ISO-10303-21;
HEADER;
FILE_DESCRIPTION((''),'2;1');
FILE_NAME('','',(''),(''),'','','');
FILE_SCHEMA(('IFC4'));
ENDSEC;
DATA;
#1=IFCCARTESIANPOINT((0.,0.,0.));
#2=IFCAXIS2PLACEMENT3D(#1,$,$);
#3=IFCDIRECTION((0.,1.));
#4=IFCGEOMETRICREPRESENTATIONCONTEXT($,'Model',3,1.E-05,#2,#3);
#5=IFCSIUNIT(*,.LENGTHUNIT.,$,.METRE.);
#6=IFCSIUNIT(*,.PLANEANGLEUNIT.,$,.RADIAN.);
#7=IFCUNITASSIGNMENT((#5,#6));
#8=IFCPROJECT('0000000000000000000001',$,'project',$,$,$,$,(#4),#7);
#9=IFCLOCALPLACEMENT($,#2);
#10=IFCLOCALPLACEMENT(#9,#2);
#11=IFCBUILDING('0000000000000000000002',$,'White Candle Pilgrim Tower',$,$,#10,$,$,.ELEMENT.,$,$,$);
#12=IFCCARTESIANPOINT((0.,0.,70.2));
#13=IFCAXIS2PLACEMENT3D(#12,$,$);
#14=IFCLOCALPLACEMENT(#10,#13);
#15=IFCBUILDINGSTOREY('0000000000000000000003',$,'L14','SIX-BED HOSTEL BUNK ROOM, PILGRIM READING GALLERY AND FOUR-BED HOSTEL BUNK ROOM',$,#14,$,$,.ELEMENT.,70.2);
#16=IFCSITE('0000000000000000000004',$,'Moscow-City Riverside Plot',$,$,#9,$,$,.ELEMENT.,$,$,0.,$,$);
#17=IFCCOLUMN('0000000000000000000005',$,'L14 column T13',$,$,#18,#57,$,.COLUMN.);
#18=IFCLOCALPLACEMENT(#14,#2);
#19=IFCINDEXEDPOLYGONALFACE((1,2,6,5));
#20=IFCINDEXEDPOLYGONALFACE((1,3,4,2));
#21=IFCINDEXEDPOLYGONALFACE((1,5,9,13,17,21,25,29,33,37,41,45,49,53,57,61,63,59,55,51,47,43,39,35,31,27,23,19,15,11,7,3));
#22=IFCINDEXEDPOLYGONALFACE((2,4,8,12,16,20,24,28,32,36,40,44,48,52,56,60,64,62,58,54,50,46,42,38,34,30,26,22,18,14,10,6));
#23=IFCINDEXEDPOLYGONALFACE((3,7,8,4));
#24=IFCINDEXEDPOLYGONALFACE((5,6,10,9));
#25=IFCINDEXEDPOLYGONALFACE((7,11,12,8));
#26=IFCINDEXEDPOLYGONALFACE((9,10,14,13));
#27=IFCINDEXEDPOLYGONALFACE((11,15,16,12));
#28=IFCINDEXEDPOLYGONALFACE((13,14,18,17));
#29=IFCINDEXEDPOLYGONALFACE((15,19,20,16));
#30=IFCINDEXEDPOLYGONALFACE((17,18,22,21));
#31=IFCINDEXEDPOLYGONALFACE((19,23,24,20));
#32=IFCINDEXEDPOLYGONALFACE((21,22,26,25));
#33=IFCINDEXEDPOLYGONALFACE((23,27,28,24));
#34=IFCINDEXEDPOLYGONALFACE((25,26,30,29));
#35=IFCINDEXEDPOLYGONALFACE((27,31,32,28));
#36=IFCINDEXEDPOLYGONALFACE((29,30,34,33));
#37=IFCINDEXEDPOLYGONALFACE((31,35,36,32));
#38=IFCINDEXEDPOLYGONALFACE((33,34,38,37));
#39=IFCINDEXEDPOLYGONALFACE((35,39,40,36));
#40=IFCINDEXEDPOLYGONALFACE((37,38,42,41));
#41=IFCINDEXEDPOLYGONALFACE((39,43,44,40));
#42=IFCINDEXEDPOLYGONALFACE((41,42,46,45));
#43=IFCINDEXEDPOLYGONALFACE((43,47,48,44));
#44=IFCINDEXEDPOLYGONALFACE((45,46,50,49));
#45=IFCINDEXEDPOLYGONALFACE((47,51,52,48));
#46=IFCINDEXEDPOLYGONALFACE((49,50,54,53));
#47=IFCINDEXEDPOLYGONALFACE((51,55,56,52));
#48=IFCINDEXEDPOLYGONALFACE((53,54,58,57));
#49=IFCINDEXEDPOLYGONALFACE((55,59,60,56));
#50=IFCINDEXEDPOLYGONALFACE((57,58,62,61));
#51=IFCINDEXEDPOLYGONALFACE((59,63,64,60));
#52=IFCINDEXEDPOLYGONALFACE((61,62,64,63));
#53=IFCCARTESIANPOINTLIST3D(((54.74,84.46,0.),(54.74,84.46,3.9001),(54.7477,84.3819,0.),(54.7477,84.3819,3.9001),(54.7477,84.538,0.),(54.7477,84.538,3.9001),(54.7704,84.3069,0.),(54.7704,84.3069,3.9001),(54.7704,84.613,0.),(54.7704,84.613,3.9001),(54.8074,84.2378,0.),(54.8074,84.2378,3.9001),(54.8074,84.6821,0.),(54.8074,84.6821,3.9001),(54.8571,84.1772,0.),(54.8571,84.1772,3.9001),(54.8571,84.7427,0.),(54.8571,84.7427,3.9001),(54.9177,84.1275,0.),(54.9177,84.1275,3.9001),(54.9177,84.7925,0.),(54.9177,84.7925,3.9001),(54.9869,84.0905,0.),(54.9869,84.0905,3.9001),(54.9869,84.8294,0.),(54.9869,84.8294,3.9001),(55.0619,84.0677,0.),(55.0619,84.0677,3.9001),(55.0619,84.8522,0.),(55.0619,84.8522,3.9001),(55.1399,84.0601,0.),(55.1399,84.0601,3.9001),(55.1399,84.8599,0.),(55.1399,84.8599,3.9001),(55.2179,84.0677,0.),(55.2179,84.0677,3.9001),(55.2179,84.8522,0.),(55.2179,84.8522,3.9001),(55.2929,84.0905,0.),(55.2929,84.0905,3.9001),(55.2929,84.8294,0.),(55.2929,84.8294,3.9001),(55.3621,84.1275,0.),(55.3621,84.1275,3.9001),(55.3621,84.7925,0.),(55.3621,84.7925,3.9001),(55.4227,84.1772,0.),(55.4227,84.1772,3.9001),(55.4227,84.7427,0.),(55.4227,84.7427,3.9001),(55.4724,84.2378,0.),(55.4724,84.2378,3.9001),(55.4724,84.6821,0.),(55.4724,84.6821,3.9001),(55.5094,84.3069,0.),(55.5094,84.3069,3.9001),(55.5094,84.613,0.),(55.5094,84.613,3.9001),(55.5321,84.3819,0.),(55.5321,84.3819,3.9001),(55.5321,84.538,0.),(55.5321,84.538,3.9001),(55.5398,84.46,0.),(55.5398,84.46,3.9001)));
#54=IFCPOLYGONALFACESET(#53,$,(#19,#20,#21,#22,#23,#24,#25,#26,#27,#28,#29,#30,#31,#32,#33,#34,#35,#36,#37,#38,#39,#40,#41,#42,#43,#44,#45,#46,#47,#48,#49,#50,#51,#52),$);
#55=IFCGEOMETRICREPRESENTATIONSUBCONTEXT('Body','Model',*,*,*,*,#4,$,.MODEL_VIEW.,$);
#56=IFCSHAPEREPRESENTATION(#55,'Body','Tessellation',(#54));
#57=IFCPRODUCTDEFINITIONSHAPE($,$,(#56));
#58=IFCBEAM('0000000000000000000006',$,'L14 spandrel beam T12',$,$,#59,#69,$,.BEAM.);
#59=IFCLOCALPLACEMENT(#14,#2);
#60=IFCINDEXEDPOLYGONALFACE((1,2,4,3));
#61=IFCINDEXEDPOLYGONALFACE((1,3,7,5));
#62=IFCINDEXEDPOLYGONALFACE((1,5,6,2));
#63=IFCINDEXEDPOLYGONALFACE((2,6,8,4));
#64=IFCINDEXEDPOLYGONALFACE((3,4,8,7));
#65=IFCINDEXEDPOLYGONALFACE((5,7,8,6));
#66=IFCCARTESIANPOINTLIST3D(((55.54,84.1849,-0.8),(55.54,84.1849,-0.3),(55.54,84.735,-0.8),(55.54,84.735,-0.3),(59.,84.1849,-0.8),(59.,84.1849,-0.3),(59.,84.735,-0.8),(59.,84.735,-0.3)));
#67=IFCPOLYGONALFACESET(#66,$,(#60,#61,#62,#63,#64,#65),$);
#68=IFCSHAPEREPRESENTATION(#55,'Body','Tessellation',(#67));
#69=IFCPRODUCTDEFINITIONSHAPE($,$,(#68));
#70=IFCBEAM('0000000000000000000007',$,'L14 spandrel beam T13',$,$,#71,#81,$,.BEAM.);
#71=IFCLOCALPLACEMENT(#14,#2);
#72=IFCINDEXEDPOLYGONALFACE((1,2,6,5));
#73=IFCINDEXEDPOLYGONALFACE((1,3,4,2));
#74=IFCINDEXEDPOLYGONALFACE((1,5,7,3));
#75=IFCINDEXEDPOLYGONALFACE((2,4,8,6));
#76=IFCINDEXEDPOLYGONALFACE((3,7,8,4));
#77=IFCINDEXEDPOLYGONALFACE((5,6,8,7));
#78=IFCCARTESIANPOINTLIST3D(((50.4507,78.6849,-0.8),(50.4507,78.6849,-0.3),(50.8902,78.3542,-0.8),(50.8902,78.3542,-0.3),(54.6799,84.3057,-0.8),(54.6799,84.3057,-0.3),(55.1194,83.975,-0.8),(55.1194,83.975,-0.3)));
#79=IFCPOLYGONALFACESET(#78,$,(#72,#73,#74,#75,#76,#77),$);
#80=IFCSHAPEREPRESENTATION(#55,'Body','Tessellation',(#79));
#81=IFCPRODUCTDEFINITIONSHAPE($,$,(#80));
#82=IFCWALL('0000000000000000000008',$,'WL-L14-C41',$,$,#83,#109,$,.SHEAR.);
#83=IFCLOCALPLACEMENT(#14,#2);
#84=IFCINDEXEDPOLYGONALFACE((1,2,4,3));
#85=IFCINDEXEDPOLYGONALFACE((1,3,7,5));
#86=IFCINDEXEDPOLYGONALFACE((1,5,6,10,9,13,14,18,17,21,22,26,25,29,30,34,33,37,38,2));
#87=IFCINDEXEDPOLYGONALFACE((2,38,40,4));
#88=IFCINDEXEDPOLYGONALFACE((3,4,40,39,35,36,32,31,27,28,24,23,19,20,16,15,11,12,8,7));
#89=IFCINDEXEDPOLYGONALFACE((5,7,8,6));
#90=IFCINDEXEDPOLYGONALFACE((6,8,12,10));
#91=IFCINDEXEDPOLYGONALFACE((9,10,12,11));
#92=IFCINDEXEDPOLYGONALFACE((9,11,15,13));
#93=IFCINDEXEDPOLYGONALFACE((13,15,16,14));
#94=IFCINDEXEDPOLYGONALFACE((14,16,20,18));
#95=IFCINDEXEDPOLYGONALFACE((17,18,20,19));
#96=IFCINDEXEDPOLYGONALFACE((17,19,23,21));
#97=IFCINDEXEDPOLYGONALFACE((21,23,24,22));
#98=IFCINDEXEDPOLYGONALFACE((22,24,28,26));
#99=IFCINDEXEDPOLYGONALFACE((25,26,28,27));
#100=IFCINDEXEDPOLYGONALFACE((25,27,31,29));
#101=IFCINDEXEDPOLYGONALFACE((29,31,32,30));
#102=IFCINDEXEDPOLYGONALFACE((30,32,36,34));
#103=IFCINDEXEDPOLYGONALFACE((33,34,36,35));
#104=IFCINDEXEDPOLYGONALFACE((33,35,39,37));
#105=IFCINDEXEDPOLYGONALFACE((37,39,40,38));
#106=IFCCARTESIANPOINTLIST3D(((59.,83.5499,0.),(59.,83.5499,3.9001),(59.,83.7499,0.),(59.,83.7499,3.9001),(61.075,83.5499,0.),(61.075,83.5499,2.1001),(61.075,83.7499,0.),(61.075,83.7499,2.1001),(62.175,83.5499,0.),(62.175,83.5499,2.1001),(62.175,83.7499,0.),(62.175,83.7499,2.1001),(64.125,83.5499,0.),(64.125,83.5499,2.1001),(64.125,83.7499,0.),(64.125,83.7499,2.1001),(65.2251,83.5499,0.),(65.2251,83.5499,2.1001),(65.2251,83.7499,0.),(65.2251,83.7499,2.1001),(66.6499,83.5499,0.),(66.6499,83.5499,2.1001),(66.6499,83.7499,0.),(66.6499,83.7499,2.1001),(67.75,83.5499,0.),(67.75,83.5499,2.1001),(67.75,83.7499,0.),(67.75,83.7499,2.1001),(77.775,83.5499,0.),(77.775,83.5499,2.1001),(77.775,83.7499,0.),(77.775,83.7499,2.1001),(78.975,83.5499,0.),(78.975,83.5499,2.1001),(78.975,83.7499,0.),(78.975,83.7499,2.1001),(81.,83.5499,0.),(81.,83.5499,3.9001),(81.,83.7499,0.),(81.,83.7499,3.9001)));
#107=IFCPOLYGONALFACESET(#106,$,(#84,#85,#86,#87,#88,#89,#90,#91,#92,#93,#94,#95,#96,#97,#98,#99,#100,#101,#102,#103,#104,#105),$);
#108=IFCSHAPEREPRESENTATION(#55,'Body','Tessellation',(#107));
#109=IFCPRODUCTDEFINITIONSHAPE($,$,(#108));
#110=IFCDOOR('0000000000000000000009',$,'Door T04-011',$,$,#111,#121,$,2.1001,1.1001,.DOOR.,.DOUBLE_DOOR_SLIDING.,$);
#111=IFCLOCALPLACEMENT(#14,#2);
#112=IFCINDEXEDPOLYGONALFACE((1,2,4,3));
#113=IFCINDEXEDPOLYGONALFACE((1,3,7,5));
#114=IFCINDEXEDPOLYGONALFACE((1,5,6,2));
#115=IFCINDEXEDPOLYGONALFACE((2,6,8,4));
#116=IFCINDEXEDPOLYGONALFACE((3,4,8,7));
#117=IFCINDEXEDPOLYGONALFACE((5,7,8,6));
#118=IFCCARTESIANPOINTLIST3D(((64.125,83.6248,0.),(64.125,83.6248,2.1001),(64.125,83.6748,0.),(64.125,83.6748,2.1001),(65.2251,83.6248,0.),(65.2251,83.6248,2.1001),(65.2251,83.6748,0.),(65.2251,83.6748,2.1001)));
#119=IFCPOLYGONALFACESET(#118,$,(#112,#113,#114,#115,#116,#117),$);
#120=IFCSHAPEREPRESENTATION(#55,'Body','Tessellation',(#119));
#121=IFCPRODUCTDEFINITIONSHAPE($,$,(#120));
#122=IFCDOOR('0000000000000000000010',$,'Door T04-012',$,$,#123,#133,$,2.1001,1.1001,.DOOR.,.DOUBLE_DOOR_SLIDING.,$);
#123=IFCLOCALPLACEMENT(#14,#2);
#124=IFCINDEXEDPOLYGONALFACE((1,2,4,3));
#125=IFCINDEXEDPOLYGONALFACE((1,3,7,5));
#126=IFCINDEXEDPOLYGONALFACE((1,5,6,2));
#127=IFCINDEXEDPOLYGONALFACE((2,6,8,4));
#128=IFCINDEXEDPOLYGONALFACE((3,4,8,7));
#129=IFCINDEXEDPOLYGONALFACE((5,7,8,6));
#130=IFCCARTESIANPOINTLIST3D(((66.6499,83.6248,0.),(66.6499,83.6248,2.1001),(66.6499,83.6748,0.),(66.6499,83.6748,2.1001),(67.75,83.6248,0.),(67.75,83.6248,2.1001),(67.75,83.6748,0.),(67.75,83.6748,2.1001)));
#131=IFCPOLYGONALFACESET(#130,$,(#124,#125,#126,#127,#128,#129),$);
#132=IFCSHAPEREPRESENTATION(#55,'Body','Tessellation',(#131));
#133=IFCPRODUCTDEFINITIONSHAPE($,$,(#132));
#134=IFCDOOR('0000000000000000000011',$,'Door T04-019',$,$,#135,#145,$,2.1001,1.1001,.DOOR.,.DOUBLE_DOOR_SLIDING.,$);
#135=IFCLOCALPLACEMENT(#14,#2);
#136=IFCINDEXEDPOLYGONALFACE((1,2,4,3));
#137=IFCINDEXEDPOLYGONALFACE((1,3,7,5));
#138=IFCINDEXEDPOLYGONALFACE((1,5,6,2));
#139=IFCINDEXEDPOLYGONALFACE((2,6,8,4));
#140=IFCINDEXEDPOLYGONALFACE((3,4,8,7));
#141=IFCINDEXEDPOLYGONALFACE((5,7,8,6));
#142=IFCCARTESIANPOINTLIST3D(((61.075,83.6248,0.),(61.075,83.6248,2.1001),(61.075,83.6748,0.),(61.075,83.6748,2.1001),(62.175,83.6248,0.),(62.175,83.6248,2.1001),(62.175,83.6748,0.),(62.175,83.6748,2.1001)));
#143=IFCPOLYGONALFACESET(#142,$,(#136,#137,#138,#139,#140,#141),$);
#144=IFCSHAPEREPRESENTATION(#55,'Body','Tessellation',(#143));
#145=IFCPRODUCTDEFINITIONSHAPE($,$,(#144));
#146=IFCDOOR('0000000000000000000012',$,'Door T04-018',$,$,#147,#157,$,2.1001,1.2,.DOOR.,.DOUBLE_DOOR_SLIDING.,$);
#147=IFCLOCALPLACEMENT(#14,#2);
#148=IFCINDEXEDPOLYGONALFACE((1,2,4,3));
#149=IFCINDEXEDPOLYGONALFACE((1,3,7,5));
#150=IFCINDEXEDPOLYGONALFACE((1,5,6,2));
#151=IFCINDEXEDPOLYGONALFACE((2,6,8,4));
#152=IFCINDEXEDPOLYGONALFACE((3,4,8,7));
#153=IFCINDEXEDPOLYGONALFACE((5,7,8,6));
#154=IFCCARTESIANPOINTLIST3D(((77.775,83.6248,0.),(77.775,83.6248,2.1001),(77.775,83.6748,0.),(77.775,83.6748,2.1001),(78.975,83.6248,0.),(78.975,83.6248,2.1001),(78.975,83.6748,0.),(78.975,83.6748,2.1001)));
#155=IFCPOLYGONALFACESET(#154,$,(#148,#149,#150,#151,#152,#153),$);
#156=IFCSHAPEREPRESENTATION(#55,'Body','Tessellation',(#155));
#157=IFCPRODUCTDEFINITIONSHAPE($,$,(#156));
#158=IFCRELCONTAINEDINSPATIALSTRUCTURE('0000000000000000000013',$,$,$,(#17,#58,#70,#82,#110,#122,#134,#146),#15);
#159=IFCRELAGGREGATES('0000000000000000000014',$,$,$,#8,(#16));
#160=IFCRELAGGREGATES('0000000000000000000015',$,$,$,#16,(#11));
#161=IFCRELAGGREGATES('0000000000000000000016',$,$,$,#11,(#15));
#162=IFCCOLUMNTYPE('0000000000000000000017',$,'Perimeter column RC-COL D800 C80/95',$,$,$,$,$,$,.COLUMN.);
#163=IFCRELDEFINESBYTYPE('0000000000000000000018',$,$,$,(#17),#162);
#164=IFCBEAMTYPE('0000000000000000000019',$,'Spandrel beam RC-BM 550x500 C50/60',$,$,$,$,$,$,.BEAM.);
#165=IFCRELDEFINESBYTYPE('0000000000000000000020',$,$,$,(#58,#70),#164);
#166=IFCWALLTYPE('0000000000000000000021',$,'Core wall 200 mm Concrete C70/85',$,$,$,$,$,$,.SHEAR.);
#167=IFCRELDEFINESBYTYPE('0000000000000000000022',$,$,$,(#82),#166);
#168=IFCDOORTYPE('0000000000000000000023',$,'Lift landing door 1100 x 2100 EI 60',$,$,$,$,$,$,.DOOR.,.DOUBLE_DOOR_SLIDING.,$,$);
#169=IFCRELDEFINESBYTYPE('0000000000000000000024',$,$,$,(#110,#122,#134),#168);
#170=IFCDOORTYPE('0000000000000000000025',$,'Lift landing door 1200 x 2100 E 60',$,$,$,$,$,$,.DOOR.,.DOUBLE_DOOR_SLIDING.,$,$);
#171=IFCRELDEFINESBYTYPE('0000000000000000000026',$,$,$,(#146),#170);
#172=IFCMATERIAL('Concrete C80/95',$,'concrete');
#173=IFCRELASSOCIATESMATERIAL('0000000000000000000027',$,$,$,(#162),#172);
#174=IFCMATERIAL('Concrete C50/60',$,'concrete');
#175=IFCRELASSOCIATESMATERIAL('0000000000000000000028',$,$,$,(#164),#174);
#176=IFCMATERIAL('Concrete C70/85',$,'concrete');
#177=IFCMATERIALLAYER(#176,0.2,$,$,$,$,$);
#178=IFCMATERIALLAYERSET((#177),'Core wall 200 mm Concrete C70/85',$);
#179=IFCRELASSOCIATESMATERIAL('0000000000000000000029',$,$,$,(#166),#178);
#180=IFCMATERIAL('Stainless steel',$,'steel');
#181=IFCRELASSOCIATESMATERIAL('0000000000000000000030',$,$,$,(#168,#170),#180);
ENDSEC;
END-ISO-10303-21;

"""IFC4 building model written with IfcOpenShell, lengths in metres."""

from ifc_helpers import new_model, si_unit, direction, frame, frame_2d, origin, origin_2d, place, context, subcontext, project, spatial, rectangle, circle, extrude, material, layer, layer_set, material_profile, profile_set, type_object, element, fill, save


model = new_model("IFC4")

# Units and contexts
model_context = context("Model", 3, precision=1e-05, world=origin(), true_north=direction((0.0, 1.0)))
body_context = subcontext(model_context, "Body", "Model", "MODEL_VIEW")
ifc_project = project(units=[si_unit("LENGTHUNIT", "METRE"), si_unit("PLANEANGLEUNIT", "RADIAN")], contexts=[model_context])

# Site, building, storey
site_placement = place(None, origin())
site = spatial("IfcSite", under=ifc_project, at=site_placement, Name="Moscow-City Riverside Plot", CompositionType="ELEMENT", RefElevation=0.0)
building_placement = place(site_placement, origin())
building = spatial("IfcBuilding", under=site, at=building_placement, Name="White Candle Pilgrim Tower", CompositionType="ELEMENT")
storey_placement = place(building_placement, frame((0.0, 0.0, 70.2)))
storey = spatial("IfcBuildingStorey", under=building, at=storey_placement, Name="L14", Description="SIX-BED HOSTEL BUNK ROOM, PILGRIM READING GALLERY AND FOUR-BED HOSTEL BUNK ROOM", CompositionType="ELEMENT", Elevation=70.2)

# Column
ifc_material_1 = material(Name="Concrete C80/95", Category="concrete")
ifc_material_profile_1 = material_profile(ifc_material_1, circle(Radius=0.3999, at=origin_2d()), Name="RC-COL D800")
ifc_profile_set_1 = profile_set([ifc_material_profile_1], Name="Concrete C80/95")
column_type = type_object("IfcColumnType", Name="Perimeter column RC-COL D800 C80/95", PredefinedType="COLUMN", material=ifc_profile_set_1)
column_placement = place(storey_placement, frame((55.1399, 84.46, 0.0), z_axis=(0.0, 0.0, 1.0), x_axis=(1.0, 0.0, 0.0)))
element("IfcColumn", 1, at=column_placement, inside=storey, type_object=column_type, Name="L14 column T13", PredefinedType="COLUMN", context=body_context, shape_type="SweptSolid", body=[
    extrude(circle(Radius=0.3999, at=origin_2d()), origin(), (0.0, 0.0, 1.0), 3.9001),
])

# Beams
ifc_material_2 = material(Name="Concrete C50/60", Category="concrete")
ifc_material_profile_2 = material_profile(ifc_material_2, rectangle(XDim=0.55, YDim=0.5, at=origin_2d()), Name="RC-BM 550x500")
ifc_profile_set_2 = profile_set([ifc_material_profile_2], Name="Concrete C50/60")
beam_type = type_object("IfcBeamType", Name="Spandrel beam RC-BM 550x500 C50/60", PredefinedType="BEAM", material=ifc_profile_set_2)
beam_1_placement = place(storey_placement, frame((55.54, 84.46, -0.55), z_axis=(1.0, 0.0, 0.0), x_axis=(0.0, 1.0, 0.0)))
element("IfcBeam", 2, at=beam_1_placement, inside=storey, type_object=beam_type, Name="L14 spandrel beam T12", PredefinedType="BEAM", context=body_context, shape_type="SweptSolid", body=[
    extrude(rectangle(XDim=0.55, YDim=0.5, at=origin_2d()), origin(), (0.0, 0.0, 1.0), 3.46),
])
beam_2_placement = place(storey_placement, frame((54.8997, 84.1404, -0.55), z_axis=(-0.601238, -0.79907, 0.0), x_axis=(0.79907, -0.601238, 0.0)))
element("IfcBeam", 3, at=beam_2_placement, inside=storey, type_object=beam_type, Name="L14 spandrel beam T13", PredefinedType="BEAM", context=body_context, shape_type="SweptSolid", body=[
    extrude(rectangle(XDim=0.55, YDim=0.5, at=origin_2d()), origin(), (0.0, 0.0, 1.0), 7.0342),
])

# Wall, openings, doors
ifc_material_3 = material(Name="Concrete C70/85", Category="concrete")
ifc_layer_1 = layer(ifc_material_3, 0.2)
ifc_layer_set_1 = layer_set([ifc_layer_1], Name="Core wall 200 mm Concrete C70/85")
wall_type_1 = type_object("IfcWallType", Name="Core wall 200 mm Concrete C70/85", PredefinedType="SHEAR", material=ifc_layer_set_1)
wall_1_placement = place(storey_placement, frame((59.0, 83.6499, 0.0), z_axis=(0.0, 0.0, 1.0), x_axis=(1.0, 0.0, 0.0)))
wall_1 = element("IfcWall", 4, at=wall_1_placement, inside=storey, type_object=wall_type_1, Name="WL-L14-C41", PredefinedType="SHEAR", context=body_context, shape_type="SweptSolid", body=[
    extrude(rectangle(XDim=22.0, YDim=0.2, at=frame_2d((11.0, 0.0))), origin(), (0.0, 0.0, 1.0), 3.9001),
])
opening_1_placement = place(wall_1_placement, frame((5.125, 0.0, 0.0)))
opening_1 = element("IfcOpeningElement", 5, at=opening_1_placement, cuts=wall_1, PredefinedType="OPENING", context=body_context, shape_type="SweptSolid", body=[
    extrude(rectangle(XDim=1.1001, YDim=2.1001, at=frame_2d((0.55, 1.05))), frame((0.0, 0.1099, 0.0), z_axis=(0.0, -1.0, 0.0), x_axis=(1.0, 0.0, 0.0)), (0.0, 0.0, 1.0), 0.22),
])
opening_2_placement = place(wall_1_placement, frame((7.6499, 0.0, 0.0)))
opening_2 = element("IfcOpeningElement", 6, at=opening_2_placement, cuts=wall_1, PredefinedType="OPENING", context=body_context, shape_type="SweptSolid", body=[
    extrude(rectangle(XDim=1.1001, YDim=2.1001, at=frame_2d((0.55, 1.05))), frame((0.0, 0.1099, 0.0), z_axis=(0.0, -1.0, 0.0), x_axis=(1.0, 0.0, 0.0)), (0.0, 0.0, 1.0), 0.22),
])
opening_3_placement = place(wall_1_placement, frame((18.7749, 0.0, 0.0)))
opening_3 = element("IfcOpeningElement", 7, at=opening_3_placement, cuts=wall_1, PredefinedType="OPENING", context=body_context, shape_type="SweptSolid", body=[
    extrude(rectangle(XDim=1.2, YDim=2.1001, at=frame_2d((0.6001, 1.05))), frame((0.0, 0.1099, 0.0), z_axis=(0.0, -1.0, 0.0), x_axis=(1.0, 0.0, 0.0)), (0.0, 0.0, 1.0), 0.22),
])
opening_4_placement = place(wall_1_placement, frame((2.075, 0.0, 0.0)))
opening_4 = element("IfcOpeningElement", 8, at=opening_4_placement, cuts=wall_1, PredefinedType="OPENING", context=body_context, shape_type="SweptSolid", body=[
    extrude(rectangle(XDim=1.1001, YDim=2.1001, at=frame_2d((0.55, 1.05))), frame((0.0, 0.1099, 0.0), z_axis=(0.0, -1.0, 0.0), x_axis=(1.0, 0.0, 0.0)), (0.0, 0.0, 1.0), 0.22),
])
ifc_material_4 = material(Name="Stainless steel", Category="steel")
door_type_1 = type_object("IfcDoorType", Name="Lift landing door 1100 x 2100 EI 60", OperationType="DOUBLE_DOOR_SLIDING", PredefinedType="DOOR", material=ifc_material_4)
door_1_placement = place(opening_1_placement, origin())
door_1 = element("IfcDoor", 9, at=door_1_placement, inside=storey, type_object=door_type_1, Name="Door T04-011", OperationType="DOUBLE_DOOR_SLIDING", OverallHeight=2.1001, OverallWidth=1.1001, PredefinedType="DOOR", context=body_context, shape_type="SweptSolid", body=[
    extrude(rectangle(XDim=1.1001, YDim=2.1001, at=frame_2d((0.55, 1.05))), frame((0.0, 0.0249, 0.0), z_axis=(0.0, -1.0, 0.0), x_axis=(1.0, 0.0, 0.0)), (0.0, 0.0, 1.0), 0.05),
])
fill(opening_1, door_1)
door_2_placement = place(opening_2_placement, origin())
door_2 = element("IfcDoor", 10, at=door_2_placement, inside=storey, type_object=door_type_1, Name="Door T04-012", OperationType="DOUBLE_DOOR_SLIDING", OverallHeight=2.1001, OverallWidth=1.1001, PredefinedType="DOOR", context=body_context, shape_type="SweptSolid", body=[
    extrude(rectangle(XDim=1.1001, YDim=2.1001, at=frame_2d((0.55, 1.05))), frame((0.0, 0.0249, 0.0), z_axis=(0.0, -1.0, 0.0), x_axis=(1.0, 0.0, 0.0)), (0.0, 0.0, 1.0), 0.05),
])
fill(opening_2, door_2)
door_3_placement = place(opening_4_placement, origin())
door_3 = element("IfcDoor", 11, at=door_3_placement, inside=storey, type_object=door_type_1, Name="Door T04-019", OperationType="DOUBLE_DOOR_SLIDING", OverallHeight=2.1001, OverallWidth=1.1001, PredefinedType="DOOR", context=body_context, shape_type="SweptSolid", body=[
    extrude(rectangle(XDim=1.1001, YDim=2.1001, at=frame_2d((0.55, 1.05))), frame((0.0, 0.0249, 0.0), z_axis=(0.0, -1.0, 0.0), x_axis=(1.0, 0.0, 0.0)), (0.0, 0.0, 1.0), 0.05),
])
fill(opening_4, door_3)
door_type_2 = type_object("IfcDoorType", Name="Lift landing door 1200 x 2100 E 60", OperationType="DOUBLE_DOOR_SLIDING", PredefinedType="DOOR", material=ifc_material_4)
door_4_placement = place(opening_3_placement, origin())
door_4 = element("IfcDoor", 12, at=door_4_placement, inside=storey, type_object=door_type_2, Name="Door T04-018", OperationType="DOUBLE_DOOR_SLIDING", OverallHeight=2.1001, OverallWidth=1.2, PredefinedType="DOOR", context=body_context, shape_type="SweptSolid", body=[
    extrude(rectangle(XDim=1.2, YDim=2.1001, at=frame_2d((0.6001, 1.05))), frame((0.0, 0.0249, 0.0), z_axis=(0.0, -1.0, 0.0), x_axis=(1.0, 0.0, 0.0)), (0.0, 0.0, 1.0), 0.05),
])
fill(opening_3, door_4)

save(model, "model.ifc")
